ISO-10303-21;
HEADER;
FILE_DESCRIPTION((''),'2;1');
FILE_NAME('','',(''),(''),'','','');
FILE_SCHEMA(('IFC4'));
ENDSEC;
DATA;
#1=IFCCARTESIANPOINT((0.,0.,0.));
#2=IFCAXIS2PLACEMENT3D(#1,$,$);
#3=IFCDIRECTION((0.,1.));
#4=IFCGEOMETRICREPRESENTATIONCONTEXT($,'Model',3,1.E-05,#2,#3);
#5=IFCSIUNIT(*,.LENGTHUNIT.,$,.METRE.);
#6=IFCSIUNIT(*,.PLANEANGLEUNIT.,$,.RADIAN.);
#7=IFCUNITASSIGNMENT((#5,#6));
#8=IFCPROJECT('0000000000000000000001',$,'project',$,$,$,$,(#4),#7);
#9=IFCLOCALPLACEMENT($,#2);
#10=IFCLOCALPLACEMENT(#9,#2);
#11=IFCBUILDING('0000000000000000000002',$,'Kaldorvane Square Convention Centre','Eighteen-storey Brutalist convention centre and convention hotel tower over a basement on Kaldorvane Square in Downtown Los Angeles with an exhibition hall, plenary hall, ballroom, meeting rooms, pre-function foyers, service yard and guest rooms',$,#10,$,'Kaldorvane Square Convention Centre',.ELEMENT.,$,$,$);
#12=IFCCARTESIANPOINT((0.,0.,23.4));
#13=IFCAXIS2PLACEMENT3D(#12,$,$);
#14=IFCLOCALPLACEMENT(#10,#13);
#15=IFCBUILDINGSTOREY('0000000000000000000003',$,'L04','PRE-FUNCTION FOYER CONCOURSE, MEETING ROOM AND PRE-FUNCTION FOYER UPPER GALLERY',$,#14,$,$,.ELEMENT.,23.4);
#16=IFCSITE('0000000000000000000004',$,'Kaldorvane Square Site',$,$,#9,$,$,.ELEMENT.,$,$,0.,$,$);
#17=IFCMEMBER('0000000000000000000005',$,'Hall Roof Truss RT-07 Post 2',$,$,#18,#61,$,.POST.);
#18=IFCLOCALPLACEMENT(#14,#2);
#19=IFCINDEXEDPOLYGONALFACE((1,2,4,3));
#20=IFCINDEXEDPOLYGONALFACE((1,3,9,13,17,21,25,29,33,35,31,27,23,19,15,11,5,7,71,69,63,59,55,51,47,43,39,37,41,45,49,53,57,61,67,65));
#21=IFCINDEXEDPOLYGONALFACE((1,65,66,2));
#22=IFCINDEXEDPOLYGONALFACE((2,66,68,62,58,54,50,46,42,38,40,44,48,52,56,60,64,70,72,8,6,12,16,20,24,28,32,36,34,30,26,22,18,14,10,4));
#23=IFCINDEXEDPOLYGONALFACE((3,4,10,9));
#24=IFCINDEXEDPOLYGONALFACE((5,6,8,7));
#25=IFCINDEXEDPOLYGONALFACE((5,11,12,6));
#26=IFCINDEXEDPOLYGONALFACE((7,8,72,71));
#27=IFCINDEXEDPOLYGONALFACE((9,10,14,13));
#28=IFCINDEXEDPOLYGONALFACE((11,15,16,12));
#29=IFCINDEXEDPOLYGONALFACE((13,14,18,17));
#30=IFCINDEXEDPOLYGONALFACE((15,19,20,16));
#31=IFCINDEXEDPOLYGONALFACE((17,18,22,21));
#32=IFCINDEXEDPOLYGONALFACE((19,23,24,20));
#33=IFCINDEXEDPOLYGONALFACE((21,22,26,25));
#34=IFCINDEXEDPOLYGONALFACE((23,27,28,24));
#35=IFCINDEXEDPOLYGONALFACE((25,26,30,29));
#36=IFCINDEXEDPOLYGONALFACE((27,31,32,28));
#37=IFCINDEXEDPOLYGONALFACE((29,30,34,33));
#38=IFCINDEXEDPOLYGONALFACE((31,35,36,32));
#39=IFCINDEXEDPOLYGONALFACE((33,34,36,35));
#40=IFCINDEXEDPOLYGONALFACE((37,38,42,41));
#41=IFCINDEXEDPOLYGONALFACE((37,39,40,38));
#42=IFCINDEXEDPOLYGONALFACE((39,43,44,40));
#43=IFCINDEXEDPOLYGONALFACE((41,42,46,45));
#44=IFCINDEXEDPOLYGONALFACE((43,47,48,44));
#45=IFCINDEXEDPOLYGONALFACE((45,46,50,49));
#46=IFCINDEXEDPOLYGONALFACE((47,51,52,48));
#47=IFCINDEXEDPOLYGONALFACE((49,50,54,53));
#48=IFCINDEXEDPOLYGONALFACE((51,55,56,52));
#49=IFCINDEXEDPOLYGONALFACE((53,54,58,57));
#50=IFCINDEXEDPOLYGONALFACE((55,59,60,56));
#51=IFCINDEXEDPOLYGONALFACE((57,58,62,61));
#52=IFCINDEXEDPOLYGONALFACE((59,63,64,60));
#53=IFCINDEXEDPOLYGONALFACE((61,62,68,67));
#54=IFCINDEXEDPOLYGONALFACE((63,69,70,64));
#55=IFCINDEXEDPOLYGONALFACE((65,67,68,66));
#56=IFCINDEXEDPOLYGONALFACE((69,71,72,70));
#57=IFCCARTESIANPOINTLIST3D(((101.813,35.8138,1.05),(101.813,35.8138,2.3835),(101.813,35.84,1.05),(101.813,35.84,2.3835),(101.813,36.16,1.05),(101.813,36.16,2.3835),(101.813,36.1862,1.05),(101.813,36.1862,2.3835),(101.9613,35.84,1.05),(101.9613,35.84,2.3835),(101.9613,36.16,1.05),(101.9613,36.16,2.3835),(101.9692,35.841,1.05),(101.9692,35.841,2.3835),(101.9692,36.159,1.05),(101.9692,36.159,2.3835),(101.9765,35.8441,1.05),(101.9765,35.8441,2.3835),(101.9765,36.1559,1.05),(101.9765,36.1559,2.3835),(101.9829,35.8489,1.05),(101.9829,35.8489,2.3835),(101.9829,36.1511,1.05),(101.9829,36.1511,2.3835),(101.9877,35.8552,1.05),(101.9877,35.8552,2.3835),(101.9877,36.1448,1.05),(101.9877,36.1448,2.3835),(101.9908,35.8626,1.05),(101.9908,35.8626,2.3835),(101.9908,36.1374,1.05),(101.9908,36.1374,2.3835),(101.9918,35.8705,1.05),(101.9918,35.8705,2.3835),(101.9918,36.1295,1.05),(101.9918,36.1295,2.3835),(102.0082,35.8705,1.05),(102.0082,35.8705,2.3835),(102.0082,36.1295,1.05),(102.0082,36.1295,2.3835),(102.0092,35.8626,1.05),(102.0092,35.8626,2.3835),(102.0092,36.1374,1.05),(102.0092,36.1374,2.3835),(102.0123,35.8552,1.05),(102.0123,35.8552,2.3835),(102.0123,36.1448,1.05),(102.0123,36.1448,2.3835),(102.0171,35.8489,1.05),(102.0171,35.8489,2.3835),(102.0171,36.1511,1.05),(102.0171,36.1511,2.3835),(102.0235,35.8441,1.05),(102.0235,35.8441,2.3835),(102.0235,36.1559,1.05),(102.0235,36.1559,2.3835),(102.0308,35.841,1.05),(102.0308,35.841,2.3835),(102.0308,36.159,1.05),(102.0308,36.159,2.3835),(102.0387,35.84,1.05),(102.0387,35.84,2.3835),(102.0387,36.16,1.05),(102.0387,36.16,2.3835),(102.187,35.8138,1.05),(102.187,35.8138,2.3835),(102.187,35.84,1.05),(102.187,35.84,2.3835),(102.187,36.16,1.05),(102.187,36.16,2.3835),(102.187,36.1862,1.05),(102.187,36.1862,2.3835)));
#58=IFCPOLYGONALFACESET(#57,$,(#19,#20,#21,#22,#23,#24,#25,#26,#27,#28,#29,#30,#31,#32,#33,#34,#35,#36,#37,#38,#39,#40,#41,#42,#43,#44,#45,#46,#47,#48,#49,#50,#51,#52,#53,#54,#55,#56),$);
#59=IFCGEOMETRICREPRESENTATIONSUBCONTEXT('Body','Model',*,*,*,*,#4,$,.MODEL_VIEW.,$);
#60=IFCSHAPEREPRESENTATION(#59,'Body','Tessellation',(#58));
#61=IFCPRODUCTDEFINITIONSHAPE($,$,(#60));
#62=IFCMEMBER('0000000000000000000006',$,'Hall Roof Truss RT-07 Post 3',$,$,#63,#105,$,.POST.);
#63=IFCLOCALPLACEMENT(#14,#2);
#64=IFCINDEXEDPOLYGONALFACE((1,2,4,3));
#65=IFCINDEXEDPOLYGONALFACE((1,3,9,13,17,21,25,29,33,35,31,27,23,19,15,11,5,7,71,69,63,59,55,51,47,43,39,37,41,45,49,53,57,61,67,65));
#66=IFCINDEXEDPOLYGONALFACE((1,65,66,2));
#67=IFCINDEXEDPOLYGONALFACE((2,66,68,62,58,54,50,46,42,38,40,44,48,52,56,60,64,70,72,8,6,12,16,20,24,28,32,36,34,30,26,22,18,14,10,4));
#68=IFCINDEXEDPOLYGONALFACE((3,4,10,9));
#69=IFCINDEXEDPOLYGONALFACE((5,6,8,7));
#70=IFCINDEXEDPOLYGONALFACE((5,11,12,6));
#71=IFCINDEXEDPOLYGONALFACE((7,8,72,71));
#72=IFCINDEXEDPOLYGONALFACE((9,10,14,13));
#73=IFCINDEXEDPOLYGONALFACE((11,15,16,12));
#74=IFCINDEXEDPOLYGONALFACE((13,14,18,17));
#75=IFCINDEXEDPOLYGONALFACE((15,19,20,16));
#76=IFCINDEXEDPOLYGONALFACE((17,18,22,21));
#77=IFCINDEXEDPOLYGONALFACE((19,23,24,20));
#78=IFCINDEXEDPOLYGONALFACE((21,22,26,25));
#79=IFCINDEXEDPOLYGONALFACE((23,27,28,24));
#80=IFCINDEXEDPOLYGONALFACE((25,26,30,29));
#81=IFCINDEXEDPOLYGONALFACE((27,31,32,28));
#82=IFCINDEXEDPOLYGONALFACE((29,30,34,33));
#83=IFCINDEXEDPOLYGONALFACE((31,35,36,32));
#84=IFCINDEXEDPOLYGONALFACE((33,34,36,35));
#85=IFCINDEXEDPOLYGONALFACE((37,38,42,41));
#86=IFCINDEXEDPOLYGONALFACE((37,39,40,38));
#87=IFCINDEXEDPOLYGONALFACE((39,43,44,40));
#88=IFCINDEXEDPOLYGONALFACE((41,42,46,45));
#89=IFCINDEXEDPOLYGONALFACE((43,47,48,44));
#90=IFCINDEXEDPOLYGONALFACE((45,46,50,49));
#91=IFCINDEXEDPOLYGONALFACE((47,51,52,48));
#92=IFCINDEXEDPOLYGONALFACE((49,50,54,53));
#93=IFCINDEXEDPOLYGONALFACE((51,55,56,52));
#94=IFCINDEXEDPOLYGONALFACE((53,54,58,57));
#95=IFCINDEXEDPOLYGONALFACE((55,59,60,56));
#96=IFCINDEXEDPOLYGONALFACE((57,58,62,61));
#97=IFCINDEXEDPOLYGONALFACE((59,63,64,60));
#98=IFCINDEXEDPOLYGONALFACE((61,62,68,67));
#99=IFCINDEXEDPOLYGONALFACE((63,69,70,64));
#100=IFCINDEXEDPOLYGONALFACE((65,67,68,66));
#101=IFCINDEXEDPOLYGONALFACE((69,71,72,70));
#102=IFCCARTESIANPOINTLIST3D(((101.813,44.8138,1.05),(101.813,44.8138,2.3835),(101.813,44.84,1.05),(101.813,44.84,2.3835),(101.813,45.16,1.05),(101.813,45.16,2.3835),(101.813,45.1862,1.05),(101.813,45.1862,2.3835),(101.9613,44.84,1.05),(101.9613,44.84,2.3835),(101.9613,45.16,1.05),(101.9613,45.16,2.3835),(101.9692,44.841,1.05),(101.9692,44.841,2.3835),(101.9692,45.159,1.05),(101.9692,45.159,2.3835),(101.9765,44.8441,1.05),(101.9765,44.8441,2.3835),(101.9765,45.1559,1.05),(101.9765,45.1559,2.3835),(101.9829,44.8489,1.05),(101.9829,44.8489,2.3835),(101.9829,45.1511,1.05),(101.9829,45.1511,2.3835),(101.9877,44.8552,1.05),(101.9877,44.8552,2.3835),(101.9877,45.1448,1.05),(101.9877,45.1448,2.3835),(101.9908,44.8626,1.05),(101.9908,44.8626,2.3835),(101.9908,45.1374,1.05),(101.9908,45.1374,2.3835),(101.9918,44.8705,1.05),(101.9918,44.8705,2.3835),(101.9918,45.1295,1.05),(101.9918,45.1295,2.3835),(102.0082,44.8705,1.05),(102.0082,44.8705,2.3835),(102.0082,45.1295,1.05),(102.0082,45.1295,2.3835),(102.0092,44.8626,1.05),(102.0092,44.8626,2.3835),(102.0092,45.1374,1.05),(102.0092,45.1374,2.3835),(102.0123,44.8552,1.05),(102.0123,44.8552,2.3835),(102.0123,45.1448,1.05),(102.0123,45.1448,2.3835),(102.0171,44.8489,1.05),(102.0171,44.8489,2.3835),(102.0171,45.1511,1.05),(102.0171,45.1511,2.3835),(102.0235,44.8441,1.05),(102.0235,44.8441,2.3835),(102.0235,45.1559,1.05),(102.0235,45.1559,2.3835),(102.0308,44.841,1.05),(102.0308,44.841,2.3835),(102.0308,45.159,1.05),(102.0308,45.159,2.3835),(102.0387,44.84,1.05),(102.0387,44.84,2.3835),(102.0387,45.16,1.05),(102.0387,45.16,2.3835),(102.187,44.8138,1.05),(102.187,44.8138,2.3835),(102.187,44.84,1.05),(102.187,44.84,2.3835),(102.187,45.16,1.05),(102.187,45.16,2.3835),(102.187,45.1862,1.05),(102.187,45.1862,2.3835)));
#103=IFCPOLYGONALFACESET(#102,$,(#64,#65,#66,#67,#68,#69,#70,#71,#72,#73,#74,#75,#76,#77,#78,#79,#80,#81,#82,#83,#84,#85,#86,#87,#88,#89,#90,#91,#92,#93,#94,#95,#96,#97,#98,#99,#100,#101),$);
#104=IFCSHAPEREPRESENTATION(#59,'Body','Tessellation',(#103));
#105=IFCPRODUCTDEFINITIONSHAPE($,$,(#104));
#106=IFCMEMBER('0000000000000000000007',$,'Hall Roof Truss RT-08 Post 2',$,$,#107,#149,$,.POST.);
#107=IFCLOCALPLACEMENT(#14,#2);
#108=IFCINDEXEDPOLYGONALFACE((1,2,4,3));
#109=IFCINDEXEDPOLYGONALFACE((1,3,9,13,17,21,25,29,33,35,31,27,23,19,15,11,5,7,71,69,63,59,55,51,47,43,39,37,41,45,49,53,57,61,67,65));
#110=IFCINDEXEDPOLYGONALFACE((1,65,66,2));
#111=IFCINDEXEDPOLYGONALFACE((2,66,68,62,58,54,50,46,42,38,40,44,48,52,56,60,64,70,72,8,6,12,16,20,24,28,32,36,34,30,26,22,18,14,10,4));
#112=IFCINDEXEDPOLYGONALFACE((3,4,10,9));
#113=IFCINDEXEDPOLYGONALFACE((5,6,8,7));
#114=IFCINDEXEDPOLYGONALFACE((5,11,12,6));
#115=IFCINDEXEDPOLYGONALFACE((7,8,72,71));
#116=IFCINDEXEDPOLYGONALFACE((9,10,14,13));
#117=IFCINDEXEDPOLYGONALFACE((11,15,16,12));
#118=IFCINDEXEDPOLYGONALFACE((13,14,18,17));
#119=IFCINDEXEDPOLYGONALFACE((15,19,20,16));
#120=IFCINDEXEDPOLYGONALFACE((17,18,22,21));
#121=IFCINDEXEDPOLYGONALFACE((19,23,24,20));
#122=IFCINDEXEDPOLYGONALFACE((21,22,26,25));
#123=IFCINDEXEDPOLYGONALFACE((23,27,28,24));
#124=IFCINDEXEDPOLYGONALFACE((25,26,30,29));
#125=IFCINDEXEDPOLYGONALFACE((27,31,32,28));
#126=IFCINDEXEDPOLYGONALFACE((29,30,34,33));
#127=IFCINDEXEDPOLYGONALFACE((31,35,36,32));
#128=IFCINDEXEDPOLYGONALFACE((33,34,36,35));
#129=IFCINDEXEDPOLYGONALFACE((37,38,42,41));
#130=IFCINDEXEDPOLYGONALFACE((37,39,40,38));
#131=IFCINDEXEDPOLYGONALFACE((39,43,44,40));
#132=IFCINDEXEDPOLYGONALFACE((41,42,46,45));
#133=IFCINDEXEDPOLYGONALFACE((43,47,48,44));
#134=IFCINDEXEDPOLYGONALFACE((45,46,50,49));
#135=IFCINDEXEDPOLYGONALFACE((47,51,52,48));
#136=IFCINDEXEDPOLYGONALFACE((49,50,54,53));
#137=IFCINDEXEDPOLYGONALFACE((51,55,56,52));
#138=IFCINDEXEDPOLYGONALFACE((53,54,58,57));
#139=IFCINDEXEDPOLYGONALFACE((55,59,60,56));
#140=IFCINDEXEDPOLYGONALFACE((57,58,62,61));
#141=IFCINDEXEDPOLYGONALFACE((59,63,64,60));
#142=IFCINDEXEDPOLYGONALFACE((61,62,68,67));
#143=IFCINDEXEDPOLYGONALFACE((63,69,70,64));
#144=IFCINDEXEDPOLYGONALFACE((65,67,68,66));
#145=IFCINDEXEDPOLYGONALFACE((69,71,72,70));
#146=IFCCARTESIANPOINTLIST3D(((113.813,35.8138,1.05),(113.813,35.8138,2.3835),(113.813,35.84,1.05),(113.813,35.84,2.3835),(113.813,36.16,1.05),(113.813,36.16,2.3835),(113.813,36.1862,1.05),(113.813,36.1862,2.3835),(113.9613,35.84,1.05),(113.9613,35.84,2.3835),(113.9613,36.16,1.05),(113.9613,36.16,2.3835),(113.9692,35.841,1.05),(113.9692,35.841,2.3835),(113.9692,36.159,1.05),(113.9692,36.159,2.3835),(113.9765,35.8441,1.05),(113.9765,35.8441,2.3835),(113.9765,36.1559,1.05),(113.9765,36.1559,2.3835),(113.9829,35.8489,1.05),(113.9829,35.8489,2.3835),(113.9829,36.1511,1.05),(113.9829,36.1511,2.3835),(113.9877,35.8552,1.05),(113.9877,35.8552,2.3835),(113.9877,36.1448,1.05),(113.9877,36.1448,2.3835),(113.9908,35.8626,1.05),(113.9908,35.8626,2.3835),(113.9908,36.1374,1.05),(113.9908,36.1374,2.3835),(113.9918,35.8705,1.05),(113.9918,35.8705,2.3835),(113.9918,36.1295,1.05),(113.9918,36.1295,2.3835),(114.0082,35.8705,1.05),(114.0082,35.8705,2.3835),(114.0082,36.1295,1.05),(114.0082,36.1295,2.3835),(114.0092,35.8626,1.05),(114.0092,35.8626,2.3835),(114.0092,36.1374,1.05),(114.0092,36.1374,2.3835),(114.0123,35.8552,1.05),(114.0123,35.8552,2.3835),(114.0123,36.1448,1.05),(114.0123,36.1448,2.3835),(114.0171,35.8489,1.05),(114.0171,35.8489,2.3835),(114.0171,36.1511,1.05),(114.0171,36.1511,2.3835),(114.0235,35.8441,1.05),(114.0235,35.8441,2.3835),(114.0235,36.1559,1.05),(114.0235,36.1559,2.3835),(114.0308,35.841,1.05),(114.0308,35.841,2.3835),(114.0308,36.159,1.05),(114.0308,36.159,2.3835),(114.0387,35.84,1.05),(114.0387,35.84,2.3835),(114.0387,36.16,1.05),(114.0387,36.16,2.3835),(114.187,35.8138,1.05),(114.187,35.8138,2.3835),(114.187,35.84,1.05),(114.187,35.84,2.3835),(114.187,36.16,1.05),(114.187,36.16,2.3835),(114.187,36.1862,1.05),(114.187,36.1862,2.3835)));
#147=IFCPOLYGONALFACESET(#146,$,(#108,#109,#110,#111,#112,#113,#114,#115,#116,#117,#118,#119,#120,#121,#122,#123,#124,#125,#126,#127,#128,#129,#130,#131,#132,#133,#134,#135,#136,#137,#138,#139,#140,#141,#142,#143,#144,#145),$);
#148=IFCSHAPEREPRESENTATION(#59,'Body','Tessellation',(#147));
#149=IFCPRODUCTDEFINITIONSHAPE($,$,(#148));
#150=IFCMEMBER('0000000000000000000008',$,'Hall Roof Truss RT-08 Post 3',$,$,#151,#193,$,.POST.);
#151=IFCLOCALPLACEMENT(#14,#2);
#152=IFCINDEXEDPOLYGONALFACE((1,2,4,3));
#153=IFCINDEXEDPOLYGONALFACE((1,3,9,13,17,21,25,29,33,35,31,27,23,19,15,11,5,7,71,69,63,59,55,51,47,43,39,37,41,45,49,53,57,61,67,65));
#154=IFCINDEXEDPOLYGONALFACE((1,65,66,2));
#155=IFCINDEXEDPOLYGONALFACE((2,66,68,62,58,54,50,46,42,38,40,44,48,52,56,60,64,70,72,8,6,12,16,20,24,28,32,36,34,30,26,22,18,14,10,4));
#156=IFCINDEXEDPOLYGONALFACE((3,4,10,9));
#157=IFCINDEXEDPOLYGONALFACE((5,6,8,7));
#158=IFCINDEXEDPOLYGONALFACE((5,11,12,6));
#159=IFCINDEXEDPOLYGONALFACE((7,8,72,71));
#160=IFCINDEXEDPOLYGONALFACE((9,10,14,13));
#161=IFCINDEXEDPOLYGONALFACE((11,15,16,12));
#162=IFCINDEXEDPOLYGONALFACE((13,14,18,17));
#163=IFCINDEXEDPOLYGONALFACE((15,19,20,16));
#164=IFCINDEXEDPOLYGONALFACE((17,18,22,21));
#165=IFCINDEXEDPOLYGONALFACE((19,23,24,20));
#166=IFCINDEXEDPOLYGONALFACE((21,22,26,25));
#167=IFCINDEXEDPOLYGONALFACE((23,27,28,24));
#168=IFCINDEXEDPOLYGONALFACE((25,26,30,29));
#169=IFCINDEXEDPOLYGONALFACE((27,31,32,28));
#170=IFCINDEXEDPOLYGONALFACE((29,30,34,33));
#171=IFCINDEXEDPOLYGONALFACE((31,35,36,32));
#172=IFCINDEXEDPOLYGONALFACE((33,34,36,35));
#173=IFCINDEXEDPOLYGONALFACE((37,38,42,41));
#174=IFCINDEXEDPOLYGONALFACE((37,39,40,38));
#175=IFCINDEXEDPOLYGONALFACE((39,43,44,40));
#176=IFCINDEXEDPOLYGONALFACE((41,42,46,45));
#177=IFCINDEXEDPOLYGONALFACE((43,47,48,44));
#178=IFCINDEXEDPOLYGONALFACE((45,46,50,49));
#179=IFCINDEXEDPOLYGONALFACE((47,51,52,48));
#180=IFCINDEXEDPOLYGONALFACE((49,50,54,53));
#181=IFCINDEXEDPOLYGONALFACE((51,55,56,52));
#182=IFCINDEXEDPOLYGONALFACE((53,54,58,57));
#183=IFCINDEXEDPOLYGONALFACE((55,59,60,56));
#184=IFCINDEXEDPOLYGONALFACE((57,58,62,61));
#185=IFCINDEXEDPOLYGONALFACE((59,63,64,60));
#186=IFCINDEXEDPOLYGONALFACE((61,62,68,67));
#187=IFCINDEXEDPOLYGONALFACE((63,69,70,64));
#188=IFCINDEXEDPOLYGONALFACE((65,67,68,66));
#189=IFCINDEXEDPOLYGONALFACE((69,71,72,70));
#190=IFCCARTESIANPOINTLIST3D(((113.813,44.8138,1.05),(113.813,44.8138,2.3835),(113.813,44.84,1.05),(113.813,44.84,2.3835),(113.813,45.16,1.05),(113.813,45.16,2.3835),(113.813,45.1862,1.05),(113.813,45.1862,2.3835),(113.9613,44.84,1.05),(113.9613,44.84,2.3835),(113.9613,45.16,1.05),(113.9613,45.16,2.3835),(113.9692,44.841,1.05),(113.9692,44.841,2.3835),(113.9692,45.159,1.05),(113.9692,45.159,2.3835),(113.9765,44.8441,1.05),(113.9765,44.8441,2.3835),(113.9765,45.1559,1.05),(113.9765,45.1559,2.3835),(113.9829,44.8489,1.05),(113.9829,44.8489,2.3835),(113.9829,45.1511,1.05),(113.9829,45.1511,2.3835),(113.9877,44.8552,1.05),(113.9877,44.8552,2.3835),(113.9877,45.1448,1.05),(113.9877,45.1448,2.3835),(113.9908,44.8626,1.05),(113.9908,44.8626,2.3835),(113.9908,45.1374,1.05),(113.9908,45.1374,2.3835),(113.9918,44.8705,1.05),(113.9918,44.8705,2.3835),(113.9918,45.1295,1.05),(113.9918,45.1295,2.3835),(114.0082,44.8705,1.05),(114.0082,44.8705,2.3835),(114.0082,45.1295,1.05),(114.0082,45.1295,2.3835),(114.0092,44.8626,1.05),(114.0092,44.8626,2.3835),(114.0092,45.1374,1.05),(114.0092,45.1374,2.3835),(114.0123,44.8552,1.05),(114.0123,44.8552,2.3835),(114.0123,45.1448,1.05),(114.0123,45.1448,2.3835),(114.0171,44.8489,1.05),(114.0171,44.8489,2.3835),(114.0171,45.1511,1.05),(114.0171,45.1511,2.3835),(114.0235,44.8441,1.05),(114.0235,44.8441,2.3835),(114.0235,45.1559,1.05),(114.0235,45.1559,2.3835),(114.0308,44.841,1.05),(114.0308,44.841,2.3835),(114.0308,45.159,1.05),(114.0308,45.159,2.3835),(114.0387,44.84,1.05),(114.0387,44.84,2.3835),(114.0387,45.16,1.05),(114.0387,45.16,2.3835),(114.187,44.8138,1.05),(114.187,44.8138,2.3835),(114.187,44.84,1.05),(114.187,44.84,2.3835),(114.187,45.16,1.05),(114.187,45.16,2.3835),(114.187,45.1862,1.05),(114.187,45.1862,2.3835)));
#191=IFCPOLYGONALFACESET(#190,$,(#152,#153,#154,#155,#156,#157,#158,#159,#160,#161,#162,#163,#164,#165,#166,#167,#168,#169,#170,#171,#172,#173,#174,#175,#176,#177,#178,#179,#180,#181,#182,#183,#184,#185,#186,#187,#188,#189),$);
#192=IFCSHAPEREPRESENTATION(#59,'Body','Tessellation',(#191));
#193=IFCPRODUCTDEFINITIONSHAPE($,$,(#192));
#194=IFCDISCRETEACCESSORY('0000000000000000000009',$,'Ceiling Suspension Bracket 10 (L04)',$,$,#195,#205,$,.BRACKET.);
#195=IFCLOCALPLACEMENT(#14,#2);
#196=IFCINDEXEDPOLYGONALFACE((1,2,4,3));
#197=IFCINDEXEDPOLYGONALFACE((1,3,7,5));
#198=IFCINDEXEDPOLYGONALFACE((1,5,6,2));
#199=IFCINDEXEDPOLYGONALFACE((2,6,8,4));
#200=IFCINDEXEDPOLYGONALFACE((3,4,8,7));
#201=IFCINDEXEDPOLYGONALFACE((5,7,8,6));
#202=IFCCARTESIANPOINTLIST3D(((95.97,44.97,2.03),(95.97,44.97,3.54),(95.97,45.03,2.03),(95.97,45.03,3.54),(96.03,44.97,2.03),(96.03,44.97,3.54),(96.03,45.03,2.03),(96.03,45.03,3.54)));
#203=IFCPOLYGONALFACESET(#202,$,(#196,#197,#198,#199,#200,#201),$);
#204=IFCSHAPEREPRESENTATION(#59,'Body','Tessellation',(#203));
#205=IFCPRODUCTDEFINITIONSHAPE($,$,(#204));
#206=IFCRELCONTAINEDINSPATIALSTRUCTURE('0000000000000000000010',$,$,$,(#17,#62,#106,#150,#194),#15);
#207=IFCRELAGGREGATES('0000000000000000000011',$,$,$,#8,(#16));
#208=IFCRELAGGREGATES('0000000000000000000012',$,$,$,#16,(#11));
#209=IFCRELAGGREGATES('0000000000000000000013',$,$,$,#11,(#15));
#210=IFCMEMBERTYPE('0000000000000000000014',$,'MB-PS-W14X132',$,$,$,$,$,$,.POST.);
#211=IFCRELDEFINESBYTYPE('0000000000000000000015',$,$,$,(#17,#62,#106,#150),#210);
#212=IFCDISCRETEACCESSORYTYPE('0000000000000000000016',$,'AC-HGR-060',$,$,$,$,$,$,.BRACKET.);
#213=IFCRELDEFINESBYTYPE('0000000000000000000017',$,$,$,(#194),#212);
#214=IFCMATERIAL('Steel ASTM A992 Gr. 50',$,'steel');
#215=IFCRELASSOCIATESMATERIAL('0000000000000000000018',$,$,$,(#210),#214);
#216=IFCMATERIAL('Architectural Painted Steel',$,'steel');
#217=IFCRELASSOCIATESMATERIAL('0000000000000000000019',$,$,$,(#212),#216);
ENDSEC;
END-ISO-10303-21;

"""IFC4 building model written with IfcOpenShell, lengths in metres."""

from ifc_helpers import new_model, si_unit, direction, frame, origin, origin_2d, place, context, subcontext, project, spatial, rectangle, i_section, extrude, material, material_profile, profile_set, type_object, element, save


model = new_model("IFC4")

# Units and contexts
model_context = context("Model", 3, precision=1e-05, world=origin(), true_north=direction((0.0, 1.0)))
body_context = subcontext(model_context, "Body", "Model", "MODEL_VIEW")
ifc_project = project(units=[si_unit("LENGTHUNIT", "METRE"), si_unit("PLANEANGLEUNIT", "RADIAN")], contexts=[model_context])

# Site, building, storey
site_placement = place(None, origin())
site = spatial("IfcSite", under=ifc_project, at=site_placement, Name="Kaldorvane Square Site", CompositionType="ELEMENT", RefElevation=0.0)
building_placement = place(site_placement, origin())
building = spatial("IfcBuilding", under=site, at=building_placement, Name="Kaldorvane Square Convention Centre", Description="Eighteen-storey Brutalist convention centre and convention hotel tower over a basement on Kaldorvane Square in Downtown Los Angeles with an exhibition hall, plenary hall, ballroom, meeting rooms, pre-function foyers, service yard and guest rooms", LongName="Kaldorvane Square Convention Centre", CompositionType="ELEMENT")
storey_placement = place(building_placement, frame((0.0, 0.0, 23.4)))
storey = spatial("IfcBuildingStorey", under=building, at=storey_placement, Name="L04", Description="PRE-FUNCTION FOYER CONCOURSE, MEETING ROOM AND PRE-FUNCTION FOYER UPPER GALLERY", CompositionType="ELEMENT", Elevation=23.4)

# Shared definitions
ifc_material_1 = material(Name="Steel ASTM A992 Gr. 50", Category="steel")

# Members
ifc_material_profile_1 = material_profile(ifc_material_1, i_section(OverallWidth=0.374, OverallDepth=0.3724, WebThickness=0.0164, FlangeThickness=0.0262, FilletRadius=0.0305, at=origin_2d()), Name="W14X132")
ifc_profile_set_1 = profile_set([ifc_material_profile_1], Name="Steel ASTM A992 Gr. 50")
member_type_1 = type_object("IfcMemberType", Name="MB-PS-W14X132", PredefinedType="POST", material=ifc_profile_set_1)
for number, where, z_axis, x_axis, name in (
    (1, (102.0, 36.0, 1.05), (0.0, 0.0, 1.0), (1.0, 0.0, 0.0), "Hall Roof Truss RT-07 Post 2"),
    (2, (102.0, 45.0, 1.05), (0.0, 0.0, 1.0), (1.0, 0.0, 0.0), "Hall Roof Truss RT-07 Post 3"),
    (3, (114.0, 36.0, 1.05), (0.0, 0.0, 1.0), (1.0, 0.0, 0.0), "Hall Roof Truss RT-08 Post 2"),
    (4, (114.0, 45.0, 1.05), (0.0, 0.0, 1.0), (1.0, 0.0, 0.0), "Hall Roof Truss RT-08 Post 3"),
):
    element("IfcMember", number, at=place(storey_placement, frame(where, z_axis=z_axis, x_axis=x_axis)), inside=storey, type_object=member_type_1, Name=name, PredefinedType="POST", context=body_context, shape_type="SweptSolid", body=[
        extrude(i_section(OverallWidth=0.374, OverallDepth=0.3724, WebThickness=0.0164, FlangeThickness=0.0262, FilletRadius=0.0305, at=origin_2d()), origin(), (0.0, 0.0, 1.0), 1.3335),
    ])

# Discrete accessory
ifc_material_2 = material(Name="Architectural Painted Steel", Category="steel")
discrete_accessory_type = type_object("IfcDiscreteAccessoryType", Name="AC-HGR-060", PredefinedType="BRACKET", material=ifc_material_2)
discrete_accessory_placement = place(storey_placement, frame((96.0, 45.0, 2.03), z_axis=(0.0, 0.0, 1.0), x_axis=(1.0, 0.0, 0.0)))
element("IfcDiscreteAccessory", 5, at=discrete_accessory_placement, inside=storey, type_object=discrete_accessory_type, Name="Ceiling Suspension Bracket 10 (L04)", PredefinedType="BRACKET", context=body_context, shape_type="SweptSolid", body=[
    extrude(rectangle(XDim=0.06, YDim=0.06, at=origin_2d()), origin(), (0.0, 0.0, 1.0), 1.51),
])

save(model, "model.ifc")
